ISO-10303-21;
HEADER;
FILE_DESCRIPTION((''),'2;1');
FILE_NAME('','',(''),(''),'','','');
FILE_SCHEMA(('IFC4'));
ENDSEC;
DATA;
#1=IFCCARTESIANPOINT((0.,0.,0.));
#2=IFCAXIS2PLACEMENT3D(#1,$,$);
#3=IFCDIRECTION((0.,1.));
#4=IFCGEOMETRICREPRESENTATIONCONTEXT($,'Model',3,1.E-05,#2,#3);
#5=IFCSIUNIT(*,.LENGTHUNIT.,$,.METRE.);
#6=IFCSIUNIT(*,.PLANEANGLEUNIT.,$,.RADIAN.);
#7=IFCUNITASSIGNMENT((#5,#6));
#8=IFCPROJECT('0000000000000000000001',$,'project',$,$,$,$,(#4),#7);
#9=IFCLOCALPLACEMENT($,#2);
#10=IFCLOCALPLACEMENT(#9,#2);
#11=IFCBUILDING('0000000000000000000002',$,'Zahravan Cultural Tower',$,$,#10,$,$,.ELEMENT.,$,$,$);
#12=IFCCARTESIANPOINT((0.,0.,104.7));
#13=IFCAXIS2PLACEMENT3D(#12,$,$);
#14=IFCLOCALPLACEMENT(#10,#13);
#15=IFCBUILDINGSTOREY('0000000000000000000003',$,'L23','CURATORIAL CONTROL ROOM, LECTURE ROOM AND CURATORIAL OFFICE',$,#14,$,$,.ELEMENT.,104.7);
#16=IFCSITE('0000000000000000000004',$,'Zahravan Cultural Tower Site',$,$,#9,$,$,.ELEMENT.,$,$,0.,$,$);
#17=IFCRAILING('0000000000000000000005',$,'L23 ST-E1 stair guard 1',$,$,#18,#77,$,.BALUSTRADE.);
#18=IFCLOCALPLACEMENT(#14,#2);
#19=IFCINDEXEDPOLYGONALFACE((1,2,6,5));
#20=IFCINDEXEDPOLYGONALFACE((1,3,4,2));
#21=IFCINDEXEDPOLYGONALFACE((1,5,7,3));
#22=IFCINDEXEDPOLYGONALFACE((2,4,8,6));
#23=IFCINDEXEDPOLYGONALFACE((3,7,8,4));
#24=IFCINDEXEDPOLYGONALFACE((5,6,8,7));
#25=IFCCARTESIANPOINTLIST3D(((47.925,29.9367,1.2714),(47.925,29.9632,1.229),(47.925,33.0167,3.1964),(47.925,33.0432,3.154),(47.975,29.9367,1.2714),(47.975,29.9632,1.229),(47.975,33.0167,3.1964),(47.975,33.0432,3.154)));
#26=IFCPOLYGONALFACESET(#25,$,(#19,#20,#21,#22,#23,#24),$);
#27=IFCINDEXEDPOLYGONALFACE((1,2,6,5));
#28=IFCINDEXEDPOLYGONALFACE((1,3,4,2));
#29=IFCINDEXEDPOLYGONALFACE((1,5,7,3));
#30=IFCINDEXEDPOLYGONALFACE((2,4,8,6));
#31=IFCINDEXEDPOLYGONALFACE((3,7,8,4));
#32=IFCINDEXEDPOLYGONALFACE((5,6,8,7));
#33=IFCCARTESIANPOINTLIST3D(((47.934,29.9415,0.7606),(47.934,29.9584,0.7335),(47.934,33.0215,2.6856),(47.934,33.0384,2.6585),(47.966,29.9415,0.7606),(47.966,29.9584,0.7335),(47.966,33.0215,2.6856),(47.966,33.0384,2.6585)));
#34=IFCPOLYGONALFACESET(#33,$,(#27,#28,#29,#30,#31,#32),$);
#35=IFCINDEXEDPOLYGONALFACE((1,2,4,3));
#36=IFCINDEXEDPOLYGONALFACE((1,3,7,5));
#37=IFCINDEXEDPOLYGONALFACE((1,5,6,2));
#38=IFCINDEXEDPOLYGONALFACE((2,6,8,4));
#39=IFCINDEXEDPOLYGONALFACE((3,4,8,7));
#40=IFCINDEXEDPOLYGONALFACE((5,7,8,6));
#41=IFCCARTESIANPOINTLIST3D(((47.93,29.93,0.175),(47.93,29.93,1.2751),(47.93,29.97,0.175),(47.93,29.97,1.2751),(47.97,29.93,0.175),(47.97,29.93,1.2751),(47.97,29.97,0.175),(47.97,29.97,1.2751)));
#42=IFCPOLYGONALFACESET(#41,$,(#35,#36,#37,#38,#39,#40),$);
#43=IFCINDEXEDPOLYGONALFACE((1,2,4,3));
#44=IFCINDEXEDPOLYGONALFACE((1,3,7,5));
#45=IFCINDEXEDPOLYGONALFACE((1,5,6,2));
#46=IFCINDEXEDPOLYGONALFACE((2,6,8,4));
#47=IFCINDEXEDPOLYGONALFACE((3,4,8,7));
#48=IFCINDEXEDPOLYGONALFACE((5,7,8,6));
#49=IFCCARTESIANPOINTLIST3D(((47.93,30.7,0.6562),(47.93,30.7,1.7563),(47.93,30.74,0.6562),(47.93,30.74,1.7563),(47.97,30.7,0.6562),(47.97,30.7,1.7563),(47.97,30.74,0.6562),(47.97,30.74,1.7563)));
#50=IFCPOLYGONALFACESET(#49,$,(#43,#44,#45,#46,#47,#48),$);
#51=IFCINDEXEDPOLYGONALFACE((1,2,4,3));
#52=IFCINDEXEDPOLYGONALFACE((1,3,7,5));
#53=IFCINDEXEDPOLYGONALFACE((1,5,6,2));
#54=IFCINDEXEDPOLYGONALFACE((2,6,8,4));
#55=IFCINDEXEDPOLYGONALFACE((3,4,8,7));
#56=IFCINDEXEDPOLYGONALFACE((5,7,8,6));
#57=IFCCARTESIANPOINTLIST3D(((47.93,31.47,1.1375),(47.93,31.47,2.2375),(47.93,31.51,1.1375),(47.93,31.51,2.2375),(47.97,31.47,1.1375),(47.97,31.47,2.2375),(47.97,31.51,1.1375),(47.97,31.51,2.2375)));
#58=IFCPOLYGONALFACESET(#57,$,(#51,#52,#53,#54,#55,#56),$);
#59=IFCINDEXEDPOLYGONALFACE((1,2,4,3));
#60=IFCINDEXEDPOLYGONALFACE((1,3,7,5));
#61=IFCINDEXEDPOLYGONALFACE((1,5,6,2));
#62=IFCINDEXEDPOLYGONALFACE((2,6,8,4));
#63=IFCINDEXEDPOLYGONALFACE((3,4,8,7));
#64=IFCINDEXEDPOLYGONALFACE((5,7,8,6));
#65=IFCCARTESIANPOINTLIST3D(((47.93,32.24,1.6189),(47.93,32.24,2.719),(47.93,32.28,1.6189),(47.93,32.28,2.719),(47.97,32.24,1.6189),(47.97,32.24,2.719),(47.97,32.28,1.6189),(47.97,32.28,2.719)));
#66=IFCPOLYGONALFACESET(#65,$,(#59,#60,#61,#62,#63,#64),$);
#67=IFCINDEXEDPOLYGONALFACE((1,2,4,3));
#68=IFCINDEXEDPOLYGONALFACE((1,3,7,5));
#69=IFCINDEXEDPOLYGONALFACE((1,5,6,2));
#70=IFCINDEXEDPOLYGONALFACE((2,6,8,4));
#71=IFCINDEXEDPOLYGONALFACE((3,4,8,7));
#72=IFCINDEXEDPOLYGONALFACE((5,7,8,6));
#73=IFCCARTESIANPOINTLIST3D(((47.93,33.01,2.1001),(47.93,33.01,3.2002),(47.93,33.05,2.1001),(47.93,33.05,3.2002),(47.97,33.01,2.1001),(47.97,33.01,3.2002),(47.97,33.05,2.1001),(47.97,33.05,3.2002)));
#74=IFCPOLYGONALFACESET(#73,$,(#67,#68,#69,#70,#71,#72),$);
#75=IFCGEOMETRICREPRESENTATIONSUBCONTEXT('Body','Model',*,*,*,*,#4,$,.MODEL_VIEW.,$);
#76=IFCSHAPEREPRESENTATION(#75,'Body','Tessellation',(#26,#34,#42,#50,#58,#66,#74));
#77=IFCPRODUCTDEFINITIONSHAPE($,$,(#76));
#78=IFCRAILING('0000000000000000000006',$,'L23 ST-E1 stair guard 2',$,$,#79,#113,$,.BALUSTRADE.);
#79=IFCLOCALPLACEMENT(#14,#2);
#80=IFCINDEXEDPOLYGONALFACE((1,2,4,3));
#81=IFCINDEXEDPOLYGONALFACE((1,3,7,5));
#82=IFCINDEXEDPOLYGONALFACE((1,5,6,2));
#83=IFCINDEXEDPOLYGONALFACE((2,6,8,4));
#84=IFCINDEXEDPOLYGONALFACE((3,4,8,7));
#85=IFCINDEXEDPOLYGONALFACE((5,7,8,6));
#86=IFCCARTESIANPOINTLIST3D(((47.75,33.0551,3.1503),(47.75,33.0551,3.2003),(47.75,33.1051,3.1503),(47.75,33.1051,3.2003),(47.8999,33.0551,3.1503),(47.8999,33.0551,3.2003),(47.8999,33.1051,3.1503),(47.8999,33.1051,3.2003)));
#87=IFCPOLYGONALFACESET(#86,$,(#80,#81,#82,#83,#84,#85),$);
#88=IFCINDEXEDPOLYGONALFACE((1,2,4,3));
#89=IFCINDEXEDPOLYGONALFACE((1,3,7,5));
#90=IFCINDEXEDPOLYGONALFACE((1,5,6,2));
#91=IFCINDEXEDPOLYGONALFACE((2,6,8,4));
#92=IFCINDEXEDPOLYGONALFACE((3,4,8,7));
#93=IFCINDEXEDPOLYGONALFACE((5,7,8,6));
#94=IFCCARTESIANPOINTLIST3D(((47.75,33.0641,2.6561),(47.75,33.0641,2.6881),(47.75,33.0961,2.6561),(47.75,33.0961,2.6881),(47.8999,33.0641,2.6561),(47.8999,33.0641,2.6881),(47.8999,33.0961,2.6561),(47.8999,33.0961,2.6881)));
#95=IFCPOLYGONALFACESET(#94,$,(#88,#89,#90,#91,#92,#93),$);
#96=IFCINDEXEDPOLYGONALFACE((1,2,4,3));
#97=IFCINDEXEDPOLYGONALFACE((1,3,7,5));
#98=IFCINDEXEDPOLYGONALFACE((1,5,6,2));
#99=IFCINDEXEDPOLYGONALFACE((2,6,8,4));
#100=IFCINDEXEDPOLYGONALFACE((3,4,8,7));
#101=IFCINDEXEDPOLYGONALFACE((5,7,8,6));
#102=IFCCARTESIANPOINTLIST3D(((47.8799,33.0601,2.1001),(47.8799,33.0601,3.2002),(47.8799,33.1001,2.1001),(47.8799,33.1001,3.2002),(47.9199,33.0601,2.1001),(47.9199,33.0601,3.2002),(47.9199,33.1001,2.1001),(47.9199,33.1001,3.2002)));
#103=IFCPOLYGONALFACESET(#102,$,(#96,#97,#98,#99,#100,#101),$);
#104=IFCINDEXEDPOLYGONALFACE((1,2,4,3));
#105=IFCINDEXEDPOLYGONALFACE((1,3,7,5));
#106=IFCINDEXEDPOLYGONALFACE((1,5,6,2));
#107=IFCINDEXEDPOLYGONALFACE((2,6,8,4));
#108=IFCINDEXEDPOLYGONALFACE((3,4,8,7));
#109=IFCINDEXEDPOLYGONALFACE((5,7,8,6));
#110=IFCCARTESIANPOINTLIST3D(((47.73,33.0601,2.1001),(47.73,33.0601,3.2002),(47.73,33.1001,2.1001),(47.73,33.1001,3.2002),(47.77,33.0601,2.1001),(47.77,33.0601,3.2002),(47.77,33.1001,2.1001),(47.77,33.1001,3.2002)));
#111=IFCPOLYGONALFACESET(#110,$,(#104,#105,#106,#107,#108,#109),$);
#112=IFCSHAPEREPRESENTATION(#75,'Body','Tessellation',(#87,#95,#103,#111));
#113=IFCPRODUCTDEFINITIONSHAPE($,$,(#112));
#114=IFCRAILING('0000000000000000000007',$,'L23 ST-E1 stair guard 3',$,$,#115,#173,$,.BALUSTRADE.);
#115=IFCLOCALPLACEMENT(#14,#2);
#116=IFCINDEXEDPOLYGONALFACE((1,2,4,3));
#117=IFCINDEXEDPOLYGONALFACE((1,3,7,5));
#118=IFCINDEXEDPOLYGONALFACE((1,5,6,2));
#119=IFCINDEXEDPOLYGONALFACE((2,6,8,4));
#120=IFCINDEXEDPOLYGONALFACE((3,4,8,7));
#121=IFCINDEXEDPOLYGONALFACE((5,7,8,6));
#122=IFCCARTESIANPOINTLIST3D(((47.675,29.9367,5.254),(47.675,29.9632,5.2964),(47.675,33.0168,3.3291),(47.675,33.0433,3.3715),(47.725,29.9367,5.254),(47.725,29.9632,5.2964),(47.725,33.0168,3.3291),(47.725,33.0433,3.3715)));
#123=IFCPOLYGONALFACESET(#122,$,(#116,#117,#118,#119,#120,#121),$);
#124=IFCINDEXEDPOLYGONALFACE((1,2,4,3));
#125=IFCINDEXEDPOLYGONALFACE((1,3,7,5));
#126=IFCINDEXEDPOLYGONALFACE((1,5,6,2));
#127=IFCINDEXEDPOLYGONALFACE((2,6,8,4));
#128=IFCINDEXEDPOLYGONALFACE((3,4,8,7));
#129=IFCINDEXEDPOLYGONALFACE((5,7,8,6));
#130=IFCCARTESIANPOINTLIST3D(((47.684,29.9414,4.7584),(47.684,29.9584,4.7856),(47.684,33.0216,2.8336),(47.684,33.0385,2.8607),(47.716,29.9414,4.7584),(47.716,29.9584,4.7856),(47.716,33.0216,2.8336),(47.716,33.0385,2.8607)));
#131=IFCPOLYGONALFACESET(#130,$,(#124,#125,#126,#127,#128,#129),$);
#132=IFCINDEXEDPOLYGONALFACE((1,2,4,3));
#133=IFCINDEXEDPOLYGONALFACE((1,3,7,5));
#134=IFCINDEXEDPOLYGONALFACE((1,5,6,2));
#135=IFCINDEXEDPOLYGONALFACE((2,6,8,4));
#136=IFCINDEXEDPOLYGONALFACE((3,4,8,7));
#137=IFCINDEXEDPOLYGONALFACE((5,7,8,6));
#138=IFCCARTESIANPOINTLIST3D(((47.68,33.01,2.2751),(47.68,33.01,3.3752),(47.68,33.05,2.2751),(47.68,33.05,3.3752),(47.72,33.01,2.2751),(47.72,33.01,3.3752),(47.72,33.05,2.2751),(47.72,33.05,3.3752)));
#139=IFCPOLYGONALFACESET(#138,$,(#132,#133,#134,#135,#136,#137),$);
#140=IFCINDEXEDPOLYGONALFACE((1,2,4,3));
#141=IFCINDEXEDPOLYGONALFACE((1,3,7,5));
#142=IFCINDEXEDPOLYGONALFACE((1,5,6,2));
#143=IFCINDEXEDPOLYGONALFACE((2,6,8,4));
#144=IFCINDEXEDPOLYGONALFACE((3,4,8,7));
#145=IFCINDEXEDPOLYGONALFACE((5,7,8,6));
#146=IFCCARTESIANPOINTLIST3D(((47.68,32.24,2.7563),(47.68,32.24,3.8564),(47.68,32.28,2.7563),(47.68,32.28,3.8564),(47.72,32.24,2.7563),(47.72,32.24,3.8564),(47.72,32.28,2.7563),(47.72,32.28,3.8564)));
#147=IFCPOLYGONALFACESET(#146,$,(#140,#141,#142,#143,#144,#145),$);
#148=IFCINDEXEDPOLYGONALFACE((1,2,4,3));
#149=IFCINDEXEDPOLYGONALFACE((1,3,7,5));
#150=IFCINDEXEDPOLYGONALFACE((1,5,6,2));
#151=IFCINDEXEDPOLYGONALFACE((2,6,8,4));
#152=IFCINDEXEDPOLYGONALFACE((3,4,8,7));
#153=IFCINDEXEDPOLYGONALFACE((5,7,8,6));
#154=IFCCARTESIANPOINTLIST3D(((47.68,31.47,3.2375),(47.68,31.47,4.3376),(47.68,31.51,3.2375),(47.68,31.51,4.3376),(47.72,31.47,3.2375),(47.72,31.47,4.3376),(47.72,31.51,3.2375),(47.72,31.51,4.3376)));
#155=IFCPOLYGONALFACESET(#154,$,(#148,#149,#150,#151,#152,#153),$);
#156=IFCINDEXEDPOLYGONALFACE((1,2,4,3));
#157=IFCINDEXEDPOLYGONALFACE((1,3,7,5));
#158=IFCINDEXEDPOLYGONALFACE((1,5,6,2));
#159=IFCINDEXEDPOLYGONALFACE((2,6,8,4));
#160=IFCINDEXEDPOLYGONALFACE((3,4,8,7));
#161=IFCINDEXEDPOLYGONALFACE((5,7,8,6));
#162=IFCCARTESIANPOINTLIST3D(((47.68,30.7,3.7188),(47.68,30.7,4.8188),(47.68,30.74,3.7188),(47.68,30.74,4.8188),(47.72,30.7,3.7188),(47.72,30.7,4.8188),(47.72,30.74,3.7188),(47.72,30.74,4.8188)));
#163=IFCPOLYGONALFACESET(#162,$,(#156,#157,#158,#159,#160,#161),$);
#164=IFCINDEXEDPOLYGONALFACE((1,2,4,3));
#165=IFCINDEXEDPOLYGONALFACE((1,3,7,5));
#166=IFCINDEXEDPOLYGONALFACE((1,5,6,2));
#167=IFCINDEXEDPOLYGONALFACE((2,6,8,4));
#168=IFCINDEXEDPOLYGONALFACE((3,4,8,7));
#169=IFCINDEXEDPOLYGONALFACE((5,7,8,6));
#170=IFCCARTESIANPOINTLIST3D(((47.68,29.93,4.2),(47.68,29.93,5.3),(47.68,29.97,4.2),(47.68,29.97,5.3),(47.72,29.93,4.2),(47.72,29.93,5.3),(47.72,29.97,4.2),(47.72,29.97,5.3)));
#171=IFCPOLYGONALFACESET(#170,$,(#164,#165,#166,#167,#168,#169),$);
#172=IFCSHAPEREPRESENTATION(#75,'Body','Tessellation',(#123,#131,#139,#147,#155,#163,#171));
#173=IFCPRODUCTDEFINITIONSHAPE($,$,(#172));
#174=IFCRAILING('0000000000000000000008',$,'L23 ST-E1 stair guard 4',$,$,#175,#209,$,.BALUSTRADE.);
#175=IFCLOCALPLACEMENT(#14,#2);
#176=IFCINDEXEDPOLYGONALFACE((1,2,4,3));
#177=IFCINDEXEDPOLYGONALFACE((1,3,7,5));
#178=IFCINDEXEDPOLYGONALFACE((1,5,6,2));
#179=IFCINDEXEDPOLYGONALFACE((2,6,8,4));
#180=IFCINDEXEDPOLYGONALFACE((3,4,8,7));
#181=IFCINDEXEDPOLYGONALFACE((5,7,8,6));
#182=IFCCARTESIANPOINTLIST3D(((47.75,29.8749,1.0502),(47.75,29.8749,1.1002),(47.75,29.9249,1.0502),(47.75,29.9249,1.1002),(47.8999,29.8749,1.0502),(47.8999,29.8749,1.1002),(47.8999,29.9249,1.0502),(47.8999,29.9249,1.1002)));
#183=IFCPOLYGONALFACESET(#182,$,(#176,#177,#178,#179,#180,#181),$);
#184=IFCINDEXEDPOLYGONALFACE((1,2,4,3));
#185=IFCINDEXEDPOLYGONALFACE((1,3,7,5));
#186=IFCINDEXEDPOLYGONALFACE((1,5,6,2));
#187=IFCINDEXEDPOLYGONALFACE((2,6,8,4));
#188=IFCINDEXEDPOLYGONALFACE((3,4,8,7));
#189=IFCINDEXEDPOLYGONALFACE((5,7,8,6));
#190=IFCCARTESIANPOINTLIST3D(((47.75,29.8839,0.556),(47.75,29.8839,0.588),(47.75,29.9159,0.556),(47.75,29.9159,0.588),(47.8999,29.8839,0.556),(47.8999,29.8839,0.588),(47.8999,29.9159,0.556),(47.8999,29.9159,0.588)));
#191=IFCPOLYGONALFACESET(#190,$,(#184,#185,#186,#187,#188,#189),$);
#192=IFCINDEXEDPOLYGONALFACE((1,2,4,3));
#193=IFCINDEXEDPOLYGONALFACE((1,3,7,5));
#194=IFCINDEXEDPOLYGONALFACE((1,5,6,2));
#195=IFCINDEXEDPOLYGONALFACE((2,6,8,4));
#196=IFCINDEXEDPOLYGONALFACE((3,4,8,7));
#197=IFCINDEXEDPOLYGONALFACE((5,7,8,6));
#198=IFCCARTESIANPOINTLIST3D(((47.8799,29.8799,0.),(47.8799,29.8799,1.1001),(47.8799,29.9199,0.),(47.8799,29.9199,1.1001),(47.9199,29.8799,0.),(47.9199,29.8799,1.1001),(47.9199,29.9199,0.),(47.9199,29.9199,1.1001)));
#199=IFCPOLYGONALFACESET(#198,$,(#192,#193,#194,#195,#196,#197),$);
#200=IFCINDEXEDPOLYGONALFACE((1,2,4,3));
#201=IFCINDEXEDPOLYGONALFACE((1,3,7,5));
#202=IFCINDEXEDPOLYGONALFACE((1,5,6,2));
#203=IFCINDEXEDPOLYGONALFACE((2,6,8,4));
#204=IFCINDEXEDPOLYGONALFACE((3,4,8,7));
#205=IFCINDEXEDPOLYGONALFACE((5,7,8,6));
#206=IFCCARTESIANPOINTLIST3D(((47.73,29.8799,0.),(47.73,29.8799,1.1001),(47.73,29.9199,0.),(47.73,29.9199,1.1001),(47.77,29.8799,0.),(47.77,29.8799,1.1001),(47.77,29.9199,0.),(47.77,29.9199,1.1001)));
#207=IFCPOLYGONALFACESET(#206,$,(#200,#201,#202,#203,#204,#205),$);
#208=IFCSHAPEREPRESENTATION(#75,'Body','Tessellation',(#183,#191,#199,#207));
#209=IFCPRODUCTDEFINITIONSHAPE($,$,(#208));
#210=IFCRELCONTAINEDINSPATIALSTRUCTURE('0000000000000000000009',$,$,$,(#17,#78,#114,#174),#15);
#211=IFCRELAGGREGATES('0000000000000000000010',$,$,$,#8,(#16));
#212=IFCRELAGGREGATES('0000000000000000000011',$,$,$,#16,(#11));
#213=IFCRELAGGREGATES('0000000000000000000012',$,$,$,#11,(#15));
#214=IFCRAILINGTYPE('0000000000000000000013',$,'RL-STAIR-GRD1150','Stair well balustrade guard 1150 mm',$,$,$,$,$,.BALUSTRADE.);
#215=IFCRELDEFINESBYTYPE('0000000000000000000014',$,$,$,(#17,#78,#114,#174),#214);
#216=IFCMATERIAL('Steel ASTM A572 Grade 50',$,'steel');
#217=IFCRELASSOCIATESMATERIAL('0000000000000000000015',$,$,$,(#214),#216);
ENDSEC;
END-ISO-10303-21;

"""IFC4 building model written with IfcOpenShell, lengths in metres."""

from ifc_helpers import new_model, si_unit, direction, frame, origin, origin_2d, place, context, subcontext, project, spatial, rectangle, extrude, material, type_object, element, save


model = new_model("IFC4")

# Units and contexts
model_context = context("Model", 3, precision=1e-05, world=origin(), true_north=direction((0.0, 1.0)))
body_context = subcontext(model_context, "Body", "Model", "MODEL_VIEW")
ifc_project = project(units=[si_unit("LENGTHUNIT", "METRE"), si_unit("PLANEANGLEUNIT", "RADIAN")], contexts=[model_context])

# Site, building, storey
site_placement = place(None, origin())
site = spatial("IfcSite", under=ifc_project, at=site_placement, Name="Zahravan Cultural Tower Site", CompositionType="ELEMENT", RefElevation=0.0)
building_placement = place(site_placement, origin())
building = spatial("IfcBuilding", under=site, at=building_placement, Name="Zahravan Cultural Tower", CompositionType="ELEMENT")
storey_placement = place(building_placement, frame((0.0, 0.0, 104.7)))
storey = spatial("IfcBuildingStorey", under=building, at=storey_placement, Name="L23", Description="CURATORIAL CONTROL ROOM, LECTURE ROOM AND CURATORIAL OFFICE", CompositionType="ELEMENT", Elevation=104.7)

# Shared definitions
ifc_material_1 = material(Name="Steel ASTM A572 Grade 50", Category="steel")

# Railings
railing_type_1 = type_object("IfcRailingType", Name="RL-STAIR-GRD1150", Description="Stair well balustrade guard 1150 mm", PredefinedType="BALUSTRADE", material=ifc_material_1)
railing_1_placement = place(storey_placement, frame((47.95, 29.95, 0.175)))
element("IfcRailing", 1, at=railing_1_placement, inside=storey, type_object=railing_type_1, Name="L23 ST-E1 stair guard 1", PredefinedType="BALUSTRADE", context=body_context, shape_type="SweptSolid", body=[
    extrude(rectangle(XDim=0.05, YDim=0.05, at=origin_2d()), frame((0.0, 0.0, 1.0752), z_axis=(0.0, 0.847998, 0.529999), x_axis=(-1.0, 0.0, 0.0)), (0.0, 0.0, 1.0), 3.6321),
    extrude(rectangle(XDim=0.032, YDim=0.032, at=origin_2d()), frame((0.0, 0.0, 0.572), z_axis=(0.0, 0.847998, 0.529999), x_axis=(-1.0, 0.0, 0.0)), (0.0, 0.0, 1.0), 3.6321),
    extrude(rectangle(XDim=0.04, YDim=0.04, at=origin_2d()), origin(), (0.0, 0.0, 1.0), 1.1001),
    extrude(rectangle(XDim=0.04, YDim=0.04, at=origin_2d()), frame((0.0, 0.77, 0.4812)), (0.0, 0.0, 1.0), 1.1001),
    extrude(rectangle(XDim=0.04, YDim=0.04, at=origin_2d()), frame((0.0, 1.54, 0.9624)), (0.0, 0.0, 1.0), 1.1001),
    extrude(rectangle(XDim=0.04, YDim=0.04, at=origin_2d()), frame((0.0, 2.3101, 1.4438)), (0.0, 0.0, 1.0), 1.1001),
    extrude(rectangle(XDim=0.04, YDim=0.04, at=origin_2d()), frame((0.0, 3.0801, 1.925)), (0.0, 0.0, 1.0), 1.1001),
])
railing_2_placement = place(storey_placement, frame((47.8999, 33.0801, 2.1001)))
element("IfcRailing", 2, at=railing_2_placement, inside=storey, type_object=railing_type_1, Name="L23 ST-E1 stair guard 2", PredefinedType="BALUSTRADE", context=body_context, shape_type="SweptSolid", body=[
    extrude(rectangle(XDim=0.05, YDim=0.05, at=origin_2d()), frame((0.0, 0.0, 1.0752), z_axis=(-1.0, 0.0, 0.0), x_axis=(0.0, -1.0, 0.0)), (0.0, 0.0, 1.0), 0.1499),
    extrude(rectangle(XDim=0.032, YDim=0.032, at=origin_2d()), frame((0.0, 0.0, 0.572), z_axis=(-1.0, 0.0, 0.0), x_axis=(0.0, -1.0, 0.0)), (0.0, 0.0, 1.0), 0.1499),
    extrude(rectangle(XDim=0.04, YDim=0.04, at=origin_2d()), origin(), (0.0, 0.0, 1.0), 1.1001),
    extrude(rectangle(XDim=0.04, YDim=0.04, at=origin_2d()), frame((-0.1499, 0.0, 0.0)), (0.0, 0.0, 1.0), 1.1001),
])
railing_3_placement = place(storey_placement, frame((47.7, 33.03, 2.2751)))
element("IfcRailing", 3, at=railing_3_placement, inside=storey, type_object=railing_type_1, Name="L23 ST-E1 stair guard 3", PredefinedType="BALUSTRADE", context=body_context, shape_type="SweptSolid", body=[
    extrude(rectangle(XDim=0.05, YDim=0.05, at=origin_2d()), frame((0.0, 0.0, 1.0752), z_axis=(0.0, -0.848029, 0.529951), x_axis=(1.0, 0.0, 0.0)), (0.0, 0.0, 1.0), 3.6321),
    extrude(rectangle(XDim=0.032, YDim=0.032, at=origin_2d()), frame((0.0, 0.0, 0.572), z_axis=(0.0, -0.848029, 0.529951), x_axis=(1.0, 0.0, 0.0)), (0.0, 0.0, 1.0), 3.6321),
    extrude(rectangle(XDim=0.04, YDim=0.04, at=origin_2d()), origin(), (0.0, 0.0, 1.0), 1.1001),
    extrude(rectangle(XDim=0.04, YDim=0.04, at=origin_2d()), frame((0.0, -0.77, 0.4812)), (0.0, 0.0, 1.0), 1.1001),
    extrude(rectangle(XDim=0.04, YDim=0.04, at=origin_2d()), frame((0.0, -1.54, 0.9624)), (0.0, 0.0, 1.0), 1.1001),
    extrude(rectangle(XDim=0.04, YDim=0.04, at=origin_2d()), frame((0.0, -2.3101, 1.4436)), (0.0, 0.0, 1.0), 1.1001),
    extrude(rectangle(XDim=0.04, YDim=0.04, at=origin_2d()), frame((0.0, -3.0801, 1.9248)), (0.0, 0.0, 1.0), 1.1001),
])
railing_4_placement = place(storey_placement, frame((47.8999, 29.8999, 0.0)))
element("IfcRailing", 4, at=railing_4_placement, inside=storey, type_object=railing_type_1, Name="L23 ST-E1 stair guard 4", PredefinedType="BALUSTRADE", context=body_context, shape_type="SweptSolid", body=[
    extrude(rectangle(XDim=0.05, YDim=0.05, at=origin_2d()), frame((0.0, 0.0, 1.0752), z_axis=(-1.0, 0.0, 0.0), x_axis=(0.0, -1.0, 0.0)), (0.0, 0.0, 1.0), 0.1499),
    extrude(rectangle(XDim=0.032, YDim=0.032, at=origin_2d()), frame((0.0, 0.0, 0.572), z_axis=(-1.0, 0.0, 0.0), x_axis=(0.0, -1.0, 0.0)), (0.0, 0.0, 1.0), 0.1499),
    extrude(rectangle(XDim=0.04, YDim=0.04, at=origin_2d()), origin(), (0.0, 0.0, 1.0), 1.1001),
    extrude(rectangle(XDim=0.04, YDim=0.04, at=origin_2d()), frame((-0.1499, 0.0, 0.0)), (0.0, 0.0, 1.0), 1.1001),
])

save(model, "model.ifc")
